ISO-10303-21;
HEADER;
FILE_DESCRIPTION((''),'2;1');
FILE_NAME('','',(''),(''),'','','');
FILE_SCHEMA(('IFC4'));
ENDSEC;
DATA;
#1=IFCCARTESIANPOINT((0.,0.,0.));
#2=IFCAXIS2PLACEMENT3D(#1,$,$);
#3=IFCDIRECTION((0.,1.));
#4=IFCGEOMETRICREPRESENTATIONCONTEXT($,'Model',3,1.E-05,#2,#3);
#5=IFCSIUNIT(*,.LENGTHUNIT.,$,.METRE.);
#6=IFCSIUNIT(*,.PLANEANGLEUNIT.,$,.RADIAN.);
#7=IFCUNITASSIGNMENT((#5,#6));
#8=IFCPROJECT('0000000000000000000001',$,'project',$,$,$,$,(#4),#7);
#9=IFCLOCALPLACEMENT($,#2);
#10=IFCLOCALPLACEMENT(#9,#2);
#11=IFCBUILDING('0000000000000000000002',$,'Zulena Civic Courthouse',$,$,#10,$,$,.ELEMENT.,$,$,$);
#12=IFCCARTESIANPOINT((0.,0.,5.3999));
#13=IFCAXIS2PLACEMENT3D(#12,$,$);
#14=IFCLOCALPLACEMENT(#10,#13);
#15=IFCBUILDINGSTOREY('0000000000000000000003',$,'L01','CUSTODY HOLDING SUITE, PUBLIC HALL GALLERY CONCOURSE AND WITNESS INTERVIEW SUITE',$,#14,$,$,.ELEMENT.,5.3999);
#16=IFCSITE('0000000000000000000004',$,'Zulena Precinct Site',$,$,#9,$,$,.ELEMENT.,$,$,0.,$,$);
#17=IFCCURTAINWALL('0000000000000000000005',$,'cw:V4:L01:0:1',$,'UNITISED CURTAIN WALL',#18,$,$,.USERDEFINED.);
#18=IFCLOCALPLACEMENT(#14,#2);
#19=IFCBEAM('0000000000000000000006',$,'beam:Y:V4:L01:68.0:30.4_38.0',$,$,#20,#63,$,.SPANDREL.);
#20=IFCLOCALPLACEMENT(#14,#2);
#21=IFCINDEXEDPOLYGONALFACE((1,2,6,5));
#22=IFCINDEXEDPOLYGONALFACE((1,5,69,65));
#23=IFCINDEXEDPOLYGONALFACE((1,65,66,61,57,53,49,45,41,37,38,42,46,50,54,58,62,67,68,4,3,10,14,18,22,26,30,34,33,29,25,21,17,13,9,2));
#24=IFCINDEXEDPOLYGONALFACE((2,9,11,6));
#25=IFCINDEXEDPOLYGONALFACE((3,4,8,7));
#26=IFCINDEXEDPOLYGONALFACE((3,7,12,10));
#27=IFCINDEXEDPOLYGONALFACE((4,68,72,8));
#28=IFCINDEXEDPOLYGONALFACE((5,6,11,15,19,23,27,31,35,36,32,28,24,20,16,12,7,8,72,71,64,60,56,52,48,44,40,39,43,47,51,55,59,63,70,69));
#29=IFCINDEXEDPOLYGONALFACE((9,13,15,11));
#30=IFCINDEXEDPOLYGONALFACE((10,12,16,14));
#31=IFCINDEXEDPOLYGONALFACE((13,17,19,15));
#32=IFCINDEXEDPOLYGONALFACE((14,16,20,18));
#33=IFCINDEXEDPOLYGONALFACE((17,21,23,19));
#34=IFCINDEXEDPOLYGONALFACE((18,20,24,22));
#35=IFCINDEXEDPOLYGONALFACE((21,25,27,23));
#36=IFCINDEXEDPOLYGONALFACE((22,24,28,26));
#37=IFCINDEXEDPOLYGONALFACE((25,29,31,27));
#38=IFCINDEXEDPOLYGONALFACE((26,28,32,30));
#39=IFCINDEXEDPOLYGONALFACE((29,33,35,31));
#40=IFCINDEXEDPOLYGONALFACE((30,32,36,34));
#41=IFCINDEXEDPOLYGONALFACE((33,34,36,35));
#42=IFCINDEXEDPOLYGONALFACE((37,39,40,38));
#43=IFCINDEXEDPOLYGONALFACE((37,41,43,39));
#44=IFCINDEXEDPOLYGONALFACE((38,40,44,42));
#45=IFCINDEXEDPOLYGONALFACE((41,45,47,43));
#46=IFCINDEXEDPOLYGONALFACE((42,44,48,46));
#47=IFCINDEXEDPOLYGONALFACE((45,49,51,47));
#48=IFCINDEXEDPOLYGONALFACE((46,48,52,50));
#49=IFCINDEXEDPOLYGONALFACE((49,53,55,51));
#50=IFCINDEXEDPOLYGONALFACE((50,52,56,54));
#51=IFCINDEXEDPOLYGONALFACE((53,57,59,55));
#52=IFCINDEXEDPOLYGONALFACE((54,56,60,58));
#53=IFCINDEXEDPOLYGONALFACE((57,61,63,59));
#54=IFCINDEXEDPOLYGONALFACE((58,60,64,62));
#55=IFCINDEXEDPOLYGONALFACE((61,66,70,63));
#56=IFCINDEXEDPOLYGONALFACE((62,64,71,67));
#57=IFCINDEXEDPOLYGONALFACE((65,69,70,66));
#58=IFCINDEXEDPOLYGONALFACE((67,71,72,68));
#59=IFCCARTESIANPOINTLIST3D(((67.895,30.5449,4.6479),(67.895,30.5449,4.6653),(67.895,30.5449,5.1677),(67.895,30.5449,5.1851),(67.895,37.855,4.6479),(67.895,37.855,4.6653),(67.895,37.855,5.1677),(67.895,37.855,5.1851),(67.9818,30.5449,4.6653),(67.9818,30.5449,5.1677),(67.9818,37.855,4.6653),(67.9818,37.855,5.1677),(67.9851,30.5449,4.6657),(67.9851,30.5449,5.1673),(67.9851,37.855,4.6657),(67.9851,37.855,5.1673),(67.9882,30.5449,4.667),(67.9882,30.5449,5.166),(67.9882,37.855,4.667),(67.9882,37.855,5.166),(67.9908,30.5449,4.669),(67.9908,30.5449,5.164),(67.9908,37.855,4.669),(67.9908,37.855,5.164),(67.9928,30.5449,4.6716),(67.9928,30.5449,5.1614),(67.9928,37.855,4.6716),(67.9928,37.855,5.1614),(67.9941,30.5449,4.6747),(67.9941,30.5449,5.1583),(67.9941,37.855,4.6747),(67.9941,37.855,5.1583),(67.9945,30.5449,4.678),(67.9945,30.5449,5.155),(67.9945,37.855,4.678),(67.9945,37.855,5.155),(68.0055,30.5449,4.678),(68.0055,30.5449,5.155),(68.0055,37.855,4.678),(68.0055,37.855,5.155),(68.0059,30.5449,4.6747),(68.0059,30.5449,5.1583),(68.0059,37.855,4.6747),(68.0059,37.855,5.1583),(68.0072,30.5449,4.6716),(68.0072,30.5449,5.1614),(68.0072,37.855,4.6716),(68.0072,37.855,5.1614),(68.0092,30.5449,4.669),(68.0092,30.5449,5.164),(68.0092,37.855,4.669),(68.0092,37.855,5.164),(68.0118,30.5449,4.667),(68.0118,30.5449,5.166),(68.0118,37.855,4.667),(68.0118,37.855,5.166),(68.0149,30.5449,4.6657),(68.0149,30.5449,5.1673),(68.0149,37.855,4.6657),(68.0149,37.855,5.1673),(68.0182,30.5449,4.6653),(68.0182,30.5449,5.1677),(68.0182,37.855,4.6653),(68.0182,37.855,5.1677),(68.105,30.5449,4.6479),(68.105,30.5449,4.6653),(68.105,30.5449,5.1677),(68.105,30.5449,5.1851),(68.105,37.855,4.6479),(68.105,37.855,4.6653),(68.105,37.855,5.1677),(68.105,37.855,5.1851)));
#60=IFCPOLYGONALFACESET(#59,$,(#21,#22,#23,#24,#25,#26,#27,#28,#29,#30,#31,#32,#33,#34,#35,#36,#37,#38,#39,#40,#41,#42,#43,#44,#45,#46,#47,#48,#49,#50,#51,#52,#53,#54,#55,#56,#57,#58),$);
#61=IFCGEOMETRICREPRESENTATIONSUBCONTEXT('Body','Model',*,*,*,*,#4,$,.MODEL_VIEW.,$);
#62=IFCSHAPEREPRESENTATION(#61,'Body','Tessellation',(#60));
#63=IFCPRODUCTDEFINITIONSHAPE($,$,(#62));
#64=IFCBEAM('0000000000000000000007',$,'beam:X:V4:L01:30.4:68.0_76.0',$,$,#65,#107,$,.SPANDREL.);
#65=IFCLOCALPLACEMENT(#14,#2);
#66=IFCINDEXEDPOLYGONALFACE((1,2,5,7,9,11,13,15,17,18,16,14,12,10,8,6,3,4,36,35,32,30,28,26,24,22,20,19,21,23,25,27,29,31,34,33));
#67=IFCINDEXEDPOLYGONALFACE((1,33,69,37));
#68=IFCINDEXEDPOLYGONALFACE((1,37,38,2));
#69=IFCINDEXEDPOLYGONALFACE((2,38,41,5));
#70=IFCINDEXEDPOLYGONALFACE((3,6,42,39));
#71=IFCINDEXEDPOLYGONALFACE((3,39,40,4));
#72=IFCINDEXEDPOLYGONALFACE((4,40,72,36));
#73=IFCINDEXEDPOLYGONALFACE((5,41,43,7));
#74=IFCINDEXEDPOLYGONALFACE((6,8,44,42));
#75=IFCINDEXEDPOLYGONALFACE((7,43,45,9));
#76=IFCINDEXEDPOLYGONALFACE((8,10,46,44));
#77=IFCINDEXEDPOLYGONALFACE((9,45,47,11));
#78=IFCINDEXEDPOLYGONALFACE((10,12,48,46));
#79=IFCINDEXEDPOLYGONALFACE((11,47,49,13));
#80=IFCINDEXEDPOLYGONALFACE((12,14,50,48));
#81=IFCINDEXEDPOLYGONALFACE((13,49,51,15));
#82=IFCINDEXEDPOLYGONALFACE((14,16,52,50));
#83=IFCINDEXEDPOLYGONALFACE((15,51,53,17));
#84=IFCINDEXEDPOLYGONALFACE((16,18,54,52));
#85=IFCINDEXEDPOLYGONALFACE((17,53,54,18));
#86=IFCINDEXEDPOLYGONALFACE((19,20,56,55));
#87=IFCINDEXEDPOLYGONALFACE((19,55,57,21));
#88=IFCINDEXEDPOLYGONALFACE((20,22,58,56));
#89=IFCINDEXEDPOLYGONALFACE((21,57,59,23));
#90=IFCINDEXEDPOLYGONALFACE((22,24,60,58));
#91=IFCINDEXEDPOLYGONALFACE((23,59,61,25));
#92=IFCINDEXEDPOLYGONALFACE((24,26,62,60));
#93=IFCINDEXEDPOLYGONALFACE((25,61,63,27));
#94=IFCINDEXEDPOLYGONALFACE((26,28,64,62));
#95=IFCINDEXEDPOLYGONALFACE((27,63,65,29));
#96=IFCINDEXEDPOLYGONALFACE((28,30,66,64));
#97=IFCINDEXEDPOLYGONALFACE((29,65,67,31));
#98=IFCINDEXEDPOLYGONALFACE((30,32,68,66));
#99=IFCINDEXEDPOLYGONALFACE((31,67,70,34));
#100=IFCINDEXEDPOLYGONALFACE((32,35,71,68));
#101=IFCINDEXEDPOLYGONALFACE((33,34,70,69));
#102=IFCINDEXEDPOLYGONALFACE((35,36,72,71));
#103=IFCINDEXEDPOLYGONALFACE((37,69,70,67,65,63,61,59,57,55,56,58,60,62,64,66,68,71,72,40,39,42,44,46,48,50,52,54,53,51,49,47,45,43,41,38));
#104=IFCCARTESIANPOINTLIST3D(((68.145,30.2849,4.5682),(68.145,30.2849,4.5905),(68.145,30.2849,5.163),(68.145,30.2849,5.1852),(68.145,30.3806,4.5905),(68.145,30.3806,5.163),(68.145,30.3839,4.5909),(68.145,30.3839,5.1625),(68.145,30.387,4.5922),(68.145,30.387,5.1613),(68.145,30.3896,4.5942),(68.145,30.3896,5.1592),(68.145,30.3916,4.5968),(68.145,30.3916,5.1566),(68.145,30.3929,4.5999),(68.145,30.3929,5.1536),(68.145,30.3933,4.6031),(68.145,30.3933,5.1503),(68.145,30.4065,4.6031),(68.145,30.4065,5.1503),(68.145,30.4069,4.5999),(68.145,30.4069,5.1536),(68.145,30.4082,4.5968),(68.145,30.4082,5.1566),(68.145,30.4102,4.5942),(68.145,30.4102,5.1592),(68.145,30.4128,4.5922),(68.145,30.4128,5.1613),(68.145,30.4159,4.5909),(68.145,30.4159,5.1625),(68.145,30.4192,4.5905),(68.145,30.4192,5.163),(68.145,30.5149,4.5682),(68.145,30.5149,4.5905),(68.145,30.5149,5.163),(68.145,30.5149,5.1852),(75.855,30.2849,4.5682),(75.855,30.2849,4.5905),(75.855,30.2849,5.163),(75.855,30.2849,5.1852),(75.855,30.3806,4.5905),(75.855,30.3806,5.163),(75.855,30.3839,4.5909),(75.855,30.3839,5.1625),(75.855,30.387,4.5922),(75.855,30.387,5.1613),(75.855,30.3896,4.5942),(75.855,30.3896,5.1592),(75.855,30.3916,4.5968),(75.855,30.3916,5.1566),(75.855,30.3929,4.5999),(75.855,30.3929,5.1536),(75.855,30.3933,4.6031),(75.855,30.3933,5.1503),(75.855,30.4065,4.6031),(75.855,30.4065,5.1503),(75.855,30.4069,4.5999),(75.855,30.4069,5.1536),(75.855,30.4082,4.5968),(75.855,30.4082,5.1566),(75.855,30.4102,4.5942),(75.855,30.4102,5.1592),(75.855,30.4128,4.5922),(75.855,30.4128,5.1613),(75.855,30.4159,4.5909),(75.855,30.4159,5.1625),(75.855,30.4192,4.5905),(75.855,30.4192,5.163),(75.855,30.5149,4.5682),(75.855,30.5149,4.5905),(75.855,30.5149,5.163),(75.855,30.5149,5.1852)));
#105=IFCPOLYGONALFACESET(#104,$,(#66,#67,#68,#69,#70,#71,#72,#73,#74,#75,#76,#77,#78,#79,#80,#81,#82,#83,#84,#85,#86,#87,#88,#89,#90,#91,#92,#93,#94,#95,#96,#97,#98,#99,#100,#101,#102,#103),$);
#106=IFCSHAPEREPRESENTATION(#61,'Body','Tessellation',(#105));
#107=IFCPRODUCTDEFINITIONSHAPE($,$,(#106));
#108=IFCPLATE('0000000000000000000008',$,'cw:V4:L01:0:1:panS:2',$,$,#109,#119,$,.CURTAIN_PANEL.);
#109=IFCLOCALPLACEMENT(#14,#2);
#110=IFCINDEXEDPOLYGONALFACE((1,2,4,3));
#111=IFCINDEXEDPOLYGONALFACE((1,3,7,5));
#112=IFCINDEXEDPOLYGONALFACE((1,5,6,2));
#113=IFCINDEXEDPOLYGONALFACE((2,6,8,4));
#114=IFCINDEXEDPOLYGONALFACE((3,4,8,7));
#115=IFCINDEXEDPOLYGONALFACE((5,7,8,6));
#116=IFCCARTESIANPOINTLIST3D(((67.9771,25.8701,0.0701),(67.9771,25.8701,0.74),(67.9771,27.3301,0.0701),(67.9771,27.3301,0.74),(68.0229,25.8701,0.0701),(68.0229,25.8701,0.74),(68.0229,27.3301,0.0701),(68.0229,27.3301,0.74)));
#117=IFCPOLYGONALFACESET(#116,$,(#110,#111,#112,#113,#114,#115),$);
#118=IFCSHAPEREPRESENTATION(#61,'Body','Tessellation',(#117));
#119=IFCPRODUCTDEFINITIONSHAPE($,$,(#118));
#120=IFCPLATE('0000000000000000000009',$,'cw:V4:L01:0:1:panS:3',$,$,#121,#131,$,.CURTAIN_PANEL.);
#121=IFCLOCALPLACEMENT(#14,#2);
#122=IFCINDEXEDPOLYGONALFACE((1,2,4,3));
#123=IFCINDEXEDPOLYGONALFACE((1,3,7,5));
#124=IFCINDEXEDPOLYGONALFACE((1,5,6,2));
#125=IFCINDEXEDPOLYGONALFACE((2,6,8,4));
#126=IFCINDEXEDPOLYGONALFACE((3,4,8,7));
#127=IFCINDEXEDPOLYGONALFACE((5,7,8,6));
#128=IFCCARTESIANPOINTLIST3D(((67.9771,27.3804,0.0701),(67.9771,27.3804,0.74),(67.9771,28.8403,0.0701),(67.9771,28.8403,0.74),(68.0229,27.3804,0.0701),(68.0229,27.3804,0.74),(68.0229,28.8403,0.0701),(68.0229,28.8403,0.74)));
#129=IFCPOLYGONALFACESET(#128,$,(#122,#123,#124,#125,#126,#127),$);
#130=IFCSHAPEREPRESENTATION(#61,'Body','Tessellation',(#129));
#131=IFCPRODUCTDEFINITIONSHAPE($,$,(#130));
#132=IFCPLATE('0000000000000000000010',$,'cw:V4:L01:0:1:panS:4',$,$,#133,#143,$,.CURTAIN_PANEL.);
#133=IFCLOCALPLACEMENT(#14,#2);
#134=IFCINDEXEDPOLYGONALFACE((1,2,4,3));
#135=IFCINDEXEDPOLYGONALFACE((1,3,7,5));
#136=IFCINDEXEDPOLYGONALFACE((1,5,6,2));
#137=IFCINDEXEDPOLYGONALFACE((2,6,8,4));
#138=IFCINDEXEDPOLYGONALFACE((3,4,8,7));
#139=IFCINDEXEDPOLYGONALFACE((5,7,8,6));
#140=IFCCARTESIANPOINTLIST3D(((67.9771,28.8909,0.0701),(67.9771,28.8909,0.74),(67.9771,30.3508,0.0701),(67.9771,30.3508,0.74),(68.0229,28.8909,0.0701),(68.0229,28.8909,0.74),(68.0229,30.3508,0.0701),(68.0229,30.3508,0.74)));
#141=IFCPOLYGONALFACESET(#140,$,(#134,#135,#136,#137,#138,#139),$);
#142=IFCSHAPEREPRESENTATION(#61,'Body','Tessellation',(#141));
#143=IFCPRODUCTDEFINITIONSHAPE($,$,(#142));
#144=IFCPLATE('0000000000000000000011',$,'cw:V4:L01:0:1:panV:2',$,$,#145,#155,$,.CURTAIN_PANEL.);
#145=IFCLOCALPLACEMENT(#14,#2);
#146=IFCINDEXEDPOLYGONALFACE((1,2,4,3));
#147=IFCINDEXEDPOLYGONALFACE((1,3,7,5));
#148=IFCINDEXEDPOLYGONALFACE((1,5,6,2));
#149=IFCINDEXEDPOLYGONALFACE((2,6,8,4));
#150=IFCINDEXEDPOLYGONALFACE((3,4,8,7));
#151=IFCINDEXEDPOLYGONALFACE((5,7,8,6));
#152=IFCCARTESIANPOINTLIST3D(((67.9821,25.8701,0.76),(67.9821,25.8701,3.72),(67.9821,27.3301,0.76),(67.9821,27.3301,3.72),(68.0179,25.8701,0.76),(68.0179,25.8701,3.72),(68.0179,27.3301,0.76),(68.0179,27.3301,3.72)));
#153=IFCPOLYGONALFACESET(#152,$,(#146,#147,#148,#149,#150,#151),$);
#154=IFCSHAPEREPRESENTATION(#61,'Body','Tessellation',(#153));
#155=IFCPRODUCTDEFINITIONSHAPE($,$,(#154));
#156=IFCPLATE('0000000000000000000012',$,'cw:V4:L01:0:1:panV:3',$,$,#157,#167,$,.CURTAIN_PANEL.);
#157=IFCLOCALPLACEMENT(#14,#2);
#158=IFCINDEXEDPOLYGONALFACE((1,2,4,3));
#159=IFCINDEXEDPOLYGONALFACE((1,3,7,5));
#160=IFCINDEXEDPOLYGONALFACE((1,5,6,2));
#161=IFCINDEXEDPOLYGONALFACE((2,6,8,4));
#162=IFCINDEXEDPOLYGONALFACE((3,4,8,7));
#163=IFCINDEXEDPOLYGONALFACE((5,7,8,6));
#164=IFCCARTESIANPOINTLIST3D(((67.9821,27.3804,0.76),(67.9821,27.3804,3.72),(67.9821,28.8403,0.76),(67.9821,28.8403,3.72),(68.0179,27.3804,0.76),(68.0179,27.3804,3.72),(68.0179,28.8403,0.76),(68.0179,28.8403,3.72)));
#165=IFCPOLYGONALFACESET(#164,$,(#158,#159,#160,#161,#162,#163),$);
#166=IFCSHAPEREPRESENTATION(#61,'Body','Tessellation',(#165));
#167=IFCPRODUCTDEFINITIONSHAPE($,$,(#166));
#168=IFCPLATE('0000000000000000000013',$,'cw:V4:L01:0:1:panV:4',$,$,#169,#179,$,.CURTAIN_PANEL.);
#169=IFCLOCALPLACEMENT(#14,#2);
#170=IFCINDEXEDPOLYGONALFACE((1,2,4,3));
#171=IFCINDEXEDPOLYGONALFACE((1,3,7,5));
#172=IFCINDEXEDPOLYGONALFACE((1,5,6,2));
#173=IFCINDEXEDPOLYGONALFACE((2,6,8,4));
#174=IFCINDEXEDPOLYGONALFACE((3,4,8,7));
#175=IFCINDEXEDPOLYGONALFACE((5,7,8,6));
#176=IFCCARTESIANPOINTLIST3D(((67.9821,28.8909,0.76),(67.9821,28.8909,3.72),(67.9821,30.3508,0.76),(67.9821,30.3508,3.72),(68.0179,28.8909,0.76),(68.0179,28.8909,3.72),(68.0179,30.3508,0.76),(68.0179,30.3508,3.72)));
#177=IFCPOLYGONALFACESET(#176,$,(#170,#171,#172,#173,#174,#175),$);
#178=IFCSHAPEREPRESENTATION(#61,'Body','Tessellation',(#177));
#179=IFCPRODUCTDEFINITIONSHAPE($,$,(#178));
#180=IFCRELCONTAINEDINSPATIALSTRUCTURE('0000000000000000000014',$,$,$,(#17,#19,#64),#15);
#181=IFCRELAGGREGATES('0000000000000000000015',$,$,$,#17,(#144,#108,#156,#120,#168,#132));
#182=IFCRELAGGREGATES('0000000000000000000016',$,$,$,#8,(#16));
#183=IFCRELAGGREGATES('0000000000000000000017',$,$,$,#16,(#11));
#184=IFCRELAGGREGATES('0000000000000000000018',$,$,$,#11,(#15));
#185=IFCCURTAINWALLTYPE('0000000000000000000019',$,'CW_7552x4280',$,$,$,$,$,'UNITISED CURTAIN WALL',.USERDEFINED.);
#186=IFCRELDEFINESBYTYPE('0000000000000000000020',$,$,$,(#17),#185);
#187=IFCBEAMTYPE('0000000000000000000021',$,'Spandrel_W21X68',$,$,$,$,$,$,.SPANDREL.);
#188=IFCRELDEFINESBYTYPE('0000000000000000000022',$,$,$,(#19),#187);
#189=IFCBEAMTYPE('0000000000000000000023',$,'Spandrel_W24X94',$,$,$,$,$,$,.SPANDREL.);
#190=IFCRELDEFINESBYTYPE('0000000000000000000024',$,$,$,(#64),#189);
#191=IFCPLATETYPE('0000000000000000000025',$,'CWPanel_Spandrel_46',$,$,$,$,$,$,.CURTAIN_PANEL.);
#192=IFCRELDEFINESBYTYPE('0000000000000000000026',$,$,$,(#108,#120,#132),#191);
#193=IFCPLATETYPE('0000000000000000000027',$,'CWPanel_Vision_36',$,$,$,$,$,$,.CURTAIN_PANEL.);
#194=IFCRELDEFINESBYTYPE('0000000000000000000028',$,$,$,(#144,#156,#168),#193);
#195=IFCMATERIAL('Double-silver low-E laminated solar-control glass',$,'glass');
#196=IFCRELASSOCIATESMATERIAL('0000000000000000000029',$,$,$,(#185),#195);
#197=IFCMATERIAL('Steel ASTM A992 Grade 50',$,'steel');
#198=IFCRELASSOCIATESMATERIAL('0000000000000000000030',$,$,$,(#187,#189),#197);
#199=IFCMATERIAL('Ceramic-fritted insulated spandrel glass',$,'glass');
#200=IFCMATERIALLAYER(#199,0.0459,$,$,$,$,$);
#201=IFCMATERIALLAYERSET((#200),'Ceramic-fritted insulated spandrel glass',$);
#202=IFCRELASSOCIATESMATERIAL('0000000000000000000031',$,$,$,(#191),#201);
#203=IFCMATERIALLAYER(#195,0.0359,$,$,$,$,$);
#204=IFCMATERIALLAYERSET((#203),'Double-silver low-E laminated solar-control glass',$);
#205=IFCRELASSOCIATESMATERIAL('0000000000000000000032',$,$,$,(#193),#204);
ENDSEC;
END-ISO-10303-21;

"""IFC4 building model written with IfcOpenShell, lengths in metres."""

from ifc_helpers import new_model, si_unit, direction, frame, origin, origin_2d, place, context, subcontext, project, spatial, rectangle, i_section, extrude, material, layer, layer_set, material_profile, profile_set, type_object, element, aggregate, save


model = new_model("IFC4")

# Units and contexts
model_context = context("Model", 3, precision=1e-05, world=origin(), true_north=direction((0.0, 1.0)))
body_context = subcontext(model_context, "Body", "Model", "MODEL_VIEW")
ifc_project = project(units=[si_unit("LENGTHUNIT", "METRE"), si_unit("PLANEANGLEUNIT", "RADIAN")], contexts=[model_context])

# Site, building, storey
site_placement = place(None, origin())
site = spatial("IfcSite", under=ifc_project, at=site_placement, Name="Zulena Precinct Site", CompositionType="ELEMENT", RefElevation=0.0)
building_placement = place(site_placement, origin())
building = spatial("IfcBuilding", under=site, at=building_placement, Name="Zulena Civic Courthouse", CompositionType="ELEMENT")
storey_placement = place(building_placement, frame((0.0, 0.0, 5.3999)))
storey = spatial("IfcBuildingStorey", under=building, at=storey_placement, Name="L01", Description="CUSTODY HOLDING SUITE, PUBLIC HALL GALLERY CONCOURSE AND WITNESS INTERVIEW SUITE", CompositionType="ELEMENT", Elevation=5.3999)

# Shared definitions
ifc_material_1 = material(Name="Steel ASTM A992 Grade 50", Category="steel")

# Curtain wall
ifc_material_2 = material(Name="Double-silver low-E laminated solar-control glass", Category="glass")
curtain_wall_type = type_object("IfcCurtainWallType", Name="CW_7552x4280", ElementType="UNITISED CURTAIN WALL", PredefinedType="USERDEFINED", material=ifc_material_2)
curtain_wall_placement = place(storey_placement, origin())
curtain_wall = element("IfcCurtainWall", 1, at=curtain_wall_placement, inside=storey, type_object=curtain_wall_type, Name="cw:V4:L01:0:1", ObjectType="UNITISED CURTAIN WALL", PredefinedType="USERDEFINED")

# Beams
ifc_material_profile_1 = material_profile(ifc_material_1, i_section(OverallWidth=0.21, OverallDepth=0.5371, WebThickness=0.011, FlangeThickness=0.0173, FilletRadius=0.0127, at=origin_2d()), Name="W21X68")
ifc_profile_set_1 = profile_set([ifc_material_profile_1], Name="Steel ASTM A992 Grade 50")
beam_type_1 = type_object("IfcBeamType", Name="Spandrel_W21X68", PredefinedType="SPANDREL", material=ifc_profile_set_1)
beam_1_placement = place(storey_placement, frame((68.0, 30.5449, 4.9165), z_axis=(0.0, 1.0, 0.0), x_axis=(-1.0, 0.0, 0.0)))
element("IfcBeam", 2, at=beam_1_placement, inside=storey, type_object=beam_type_1, Name="beam:Y:V4:L01:68.0:30.4_38.0", PredefinedType="SPANDREL", context=body_context, shape_type="SweptSolid", body=[
    extrude(i_section(OverallWidth=0.21, OverallDepth=0.5371, WebThickness=0.011, FlangeThickness=0.0173, FilletRadius=0.0127, at=origin_2d()), origin(), (0.0, 0.0, 1.0), 7.3101),
])
ifc_material_profile_2 = material_profile(ifc_material_1, i_section(OverallWidth=0.23, OverallDepth=0.6169, WebThickness=0.0132, FlangeThickness=0.0222, FilletRadius=0.0127, at=origin_2d()), Name="W24X94")
ifc_profile_set_2 = profile_set([ifc_material_profile_2], Name="Steel ASTM A992 Grade 50")
beam_type_2 = type_object("IfcBeamType", Name="Spandrel_W24X94", PredefinedType="SPANDREL", material=ifc_profile_set_2)
beam_2_placement = place(storey_placement, frame((68.145, 30.3999, 4.8767), z_axis=(1.0, 0.0, 0.0), x_axis=(0.0, 1.0, 0.0)))
element("IfcBeam", 3, at=beam_2_placement, inside=storey, type_object=beam_type_2, Name="beam:X:V4:L01:30.4:68.0_76.0", PredefinedType="SPANDREL", context=body_context, shape_type="SweptSolid", body=[
    extrude(i_section(OverallWidth=0.23, OverallDepth=0.6169, WebThickness=0.0132, FlangeThickness=0.0222, FilletRadius=0.0127, at=origin_2d()), origin(), (0.0, 0.0, 1.0), 7.71),
])

# Plates
ifc_material_3 = material(Name="Ceramic-fritted insulated spandrel glass", Category="glass")
ifc_layer_1 = layer(ifc_material_3, 0.0459)
ifc_layer_set_1 = layer_set([ifc_layer_1], Name="Ceramic-fritted insulated spandrel glass")
plate_type_1 = type_object("IfcPlateType", Name="CWPanel_Spandrel_46", PredefinedType="CURTAIN_PANEL", material=ifc_layer_set_1)
plate_1_placement = place(storey_placement, frame((68.0, 26.6001, 0.0701), z_axis=(0.0, 0.0, 1.0), x_axis=(0.0, 1.0, 0.0)))
plate_1 = element("IfcPlate", 4, at=plate_1_placement, type_object=plate_type_1, Name="cw:V4:L01:0:1:panS:2", PredefinedType="CURTAIN_PANEL", context=body_context, shape_type="SweptSolid", body=[
    extrude(rectangle(XDim=1.46, YDim=0.0459, at=origin_2d()), origin(), (0.0, 0.0, 1.0), 0.6699),
])
plate_2_placement = place(storey_placement, frame((68.0, 28.1104, 0.0701), z_axis=(0.0, 0.0, 1.0), x_axis=(0.0, 1.0, 0.0)))
plate_2 = element("IfcPlate", 5, at=plate_2_placement, type_object=plate_type_1, Name="cw:V4:L01:0:1:panS:3", PredefinedType="CURTAIN_PANEL", context=body_context, shape_type="SweptSolid", body=[
    extrude(rectangle(XDim=1.46, YDim=0.0459, at=origin_2d()), origin(), (0.0, 0.0, 1.0), 0.6699),
])
plate_3_placement = place(storey_placement, frame((68.0, 29.6208, 0.0701), z_axis=(0.0, 0.0, 1.0), x_axis=(0.0, 1.0, 0.0)))
plate_3 = element("IfcPlate", 6, at=plate_3_placement, type_object=plate_type_1, Name="cw:V4:L01:0:1:panS:4", PredefinedType="CURTAIN_PANEL", context=body_context, shape_type="SweptSolid", body=[
    extrude(rectangle(XDim=1.46, YDim=0.0459, at=origin_2d()), origin(), (0.0, 0.0, 1.0), 0.6699),
])
ifc_layer_2 = layer(ifc_material_2, 0.0359)
ifc_layer_set_2 = layer_set([ifc_layer_2], Name="Double-silver low-E laminated solar-control glass")
plate_type_2 = type_object("IfcPlateType", Name="CWPanel_Vision_36", PredefinedType="CURTAIN_PANEL", material=ifc_layer_set_2)
plate_4_placement = place(storey_placement, frame((68.0, 26.6001, 0.76), z_axis=(0.0, 0.0, 1.0), x_axis=(0.0, 1.0, 0.0)))
plate_4 = element("IfcPlate", 7, at=plate_4_placement, type_object=plate_type_2, Name="cw:V4:L01:0:1:panV:2", PredefinedType="CURTAIN_PANEL", context=body_context, shape_type="SweptSolid", body=[
    extrude(rectangle(XDim=1.46, YDim=0.0359, at=origin_2d()), origin(), (0.0, 0.0, 1.0), 2.96),
])
plate_5_placement = place(storey_placement, frame((68.0, 28.1104, 0.76), z_axis=(0.0, 0.0, 1.0), x_axis=(0.0, 1.0, 0.0)))
plate_5 = element("IfcPlate", 8, at=plate_5_placement, type_object=plate_type_2, Name="cw:V4:L01:0:1:panV:3", PredefinedType="CURTAIN_PANEL", context=body_context, shape_type="SweptSolid", body=[
    extrude(rectangle(XDim=1.46, YDim=0.0359, at=origin_2d()), origin(), (0.0, 0.0, 1.0), 2.96),
])
plate_6_placement = place(storey_placement, frame((68.0, 29.6208, 0.76), z_axis=(0.0, 0.0, 1.0), x_axis=(0.0, 1.0, 0.0)))
plate_6 = element("IfcPlate", 9, at=plate_6_placement, type_object=plate_type_2, Name="cw:V4:L01:0:1:panV:4", PredefinedType="CURTAIN_PANEL", context=body_context, shape_type="SweptSolid", body=[
    extrude(rectangle(XDim=1.46, YDim=0.0359, at=origin_2d()), origin(), (0.0, 0.0, 1.0), 2.96),
])
aggregate(curtain_wall, [plate_4, plate_1, plate_5, plate_2, plate_6, plate_3])

save(model, "model.ifc")
